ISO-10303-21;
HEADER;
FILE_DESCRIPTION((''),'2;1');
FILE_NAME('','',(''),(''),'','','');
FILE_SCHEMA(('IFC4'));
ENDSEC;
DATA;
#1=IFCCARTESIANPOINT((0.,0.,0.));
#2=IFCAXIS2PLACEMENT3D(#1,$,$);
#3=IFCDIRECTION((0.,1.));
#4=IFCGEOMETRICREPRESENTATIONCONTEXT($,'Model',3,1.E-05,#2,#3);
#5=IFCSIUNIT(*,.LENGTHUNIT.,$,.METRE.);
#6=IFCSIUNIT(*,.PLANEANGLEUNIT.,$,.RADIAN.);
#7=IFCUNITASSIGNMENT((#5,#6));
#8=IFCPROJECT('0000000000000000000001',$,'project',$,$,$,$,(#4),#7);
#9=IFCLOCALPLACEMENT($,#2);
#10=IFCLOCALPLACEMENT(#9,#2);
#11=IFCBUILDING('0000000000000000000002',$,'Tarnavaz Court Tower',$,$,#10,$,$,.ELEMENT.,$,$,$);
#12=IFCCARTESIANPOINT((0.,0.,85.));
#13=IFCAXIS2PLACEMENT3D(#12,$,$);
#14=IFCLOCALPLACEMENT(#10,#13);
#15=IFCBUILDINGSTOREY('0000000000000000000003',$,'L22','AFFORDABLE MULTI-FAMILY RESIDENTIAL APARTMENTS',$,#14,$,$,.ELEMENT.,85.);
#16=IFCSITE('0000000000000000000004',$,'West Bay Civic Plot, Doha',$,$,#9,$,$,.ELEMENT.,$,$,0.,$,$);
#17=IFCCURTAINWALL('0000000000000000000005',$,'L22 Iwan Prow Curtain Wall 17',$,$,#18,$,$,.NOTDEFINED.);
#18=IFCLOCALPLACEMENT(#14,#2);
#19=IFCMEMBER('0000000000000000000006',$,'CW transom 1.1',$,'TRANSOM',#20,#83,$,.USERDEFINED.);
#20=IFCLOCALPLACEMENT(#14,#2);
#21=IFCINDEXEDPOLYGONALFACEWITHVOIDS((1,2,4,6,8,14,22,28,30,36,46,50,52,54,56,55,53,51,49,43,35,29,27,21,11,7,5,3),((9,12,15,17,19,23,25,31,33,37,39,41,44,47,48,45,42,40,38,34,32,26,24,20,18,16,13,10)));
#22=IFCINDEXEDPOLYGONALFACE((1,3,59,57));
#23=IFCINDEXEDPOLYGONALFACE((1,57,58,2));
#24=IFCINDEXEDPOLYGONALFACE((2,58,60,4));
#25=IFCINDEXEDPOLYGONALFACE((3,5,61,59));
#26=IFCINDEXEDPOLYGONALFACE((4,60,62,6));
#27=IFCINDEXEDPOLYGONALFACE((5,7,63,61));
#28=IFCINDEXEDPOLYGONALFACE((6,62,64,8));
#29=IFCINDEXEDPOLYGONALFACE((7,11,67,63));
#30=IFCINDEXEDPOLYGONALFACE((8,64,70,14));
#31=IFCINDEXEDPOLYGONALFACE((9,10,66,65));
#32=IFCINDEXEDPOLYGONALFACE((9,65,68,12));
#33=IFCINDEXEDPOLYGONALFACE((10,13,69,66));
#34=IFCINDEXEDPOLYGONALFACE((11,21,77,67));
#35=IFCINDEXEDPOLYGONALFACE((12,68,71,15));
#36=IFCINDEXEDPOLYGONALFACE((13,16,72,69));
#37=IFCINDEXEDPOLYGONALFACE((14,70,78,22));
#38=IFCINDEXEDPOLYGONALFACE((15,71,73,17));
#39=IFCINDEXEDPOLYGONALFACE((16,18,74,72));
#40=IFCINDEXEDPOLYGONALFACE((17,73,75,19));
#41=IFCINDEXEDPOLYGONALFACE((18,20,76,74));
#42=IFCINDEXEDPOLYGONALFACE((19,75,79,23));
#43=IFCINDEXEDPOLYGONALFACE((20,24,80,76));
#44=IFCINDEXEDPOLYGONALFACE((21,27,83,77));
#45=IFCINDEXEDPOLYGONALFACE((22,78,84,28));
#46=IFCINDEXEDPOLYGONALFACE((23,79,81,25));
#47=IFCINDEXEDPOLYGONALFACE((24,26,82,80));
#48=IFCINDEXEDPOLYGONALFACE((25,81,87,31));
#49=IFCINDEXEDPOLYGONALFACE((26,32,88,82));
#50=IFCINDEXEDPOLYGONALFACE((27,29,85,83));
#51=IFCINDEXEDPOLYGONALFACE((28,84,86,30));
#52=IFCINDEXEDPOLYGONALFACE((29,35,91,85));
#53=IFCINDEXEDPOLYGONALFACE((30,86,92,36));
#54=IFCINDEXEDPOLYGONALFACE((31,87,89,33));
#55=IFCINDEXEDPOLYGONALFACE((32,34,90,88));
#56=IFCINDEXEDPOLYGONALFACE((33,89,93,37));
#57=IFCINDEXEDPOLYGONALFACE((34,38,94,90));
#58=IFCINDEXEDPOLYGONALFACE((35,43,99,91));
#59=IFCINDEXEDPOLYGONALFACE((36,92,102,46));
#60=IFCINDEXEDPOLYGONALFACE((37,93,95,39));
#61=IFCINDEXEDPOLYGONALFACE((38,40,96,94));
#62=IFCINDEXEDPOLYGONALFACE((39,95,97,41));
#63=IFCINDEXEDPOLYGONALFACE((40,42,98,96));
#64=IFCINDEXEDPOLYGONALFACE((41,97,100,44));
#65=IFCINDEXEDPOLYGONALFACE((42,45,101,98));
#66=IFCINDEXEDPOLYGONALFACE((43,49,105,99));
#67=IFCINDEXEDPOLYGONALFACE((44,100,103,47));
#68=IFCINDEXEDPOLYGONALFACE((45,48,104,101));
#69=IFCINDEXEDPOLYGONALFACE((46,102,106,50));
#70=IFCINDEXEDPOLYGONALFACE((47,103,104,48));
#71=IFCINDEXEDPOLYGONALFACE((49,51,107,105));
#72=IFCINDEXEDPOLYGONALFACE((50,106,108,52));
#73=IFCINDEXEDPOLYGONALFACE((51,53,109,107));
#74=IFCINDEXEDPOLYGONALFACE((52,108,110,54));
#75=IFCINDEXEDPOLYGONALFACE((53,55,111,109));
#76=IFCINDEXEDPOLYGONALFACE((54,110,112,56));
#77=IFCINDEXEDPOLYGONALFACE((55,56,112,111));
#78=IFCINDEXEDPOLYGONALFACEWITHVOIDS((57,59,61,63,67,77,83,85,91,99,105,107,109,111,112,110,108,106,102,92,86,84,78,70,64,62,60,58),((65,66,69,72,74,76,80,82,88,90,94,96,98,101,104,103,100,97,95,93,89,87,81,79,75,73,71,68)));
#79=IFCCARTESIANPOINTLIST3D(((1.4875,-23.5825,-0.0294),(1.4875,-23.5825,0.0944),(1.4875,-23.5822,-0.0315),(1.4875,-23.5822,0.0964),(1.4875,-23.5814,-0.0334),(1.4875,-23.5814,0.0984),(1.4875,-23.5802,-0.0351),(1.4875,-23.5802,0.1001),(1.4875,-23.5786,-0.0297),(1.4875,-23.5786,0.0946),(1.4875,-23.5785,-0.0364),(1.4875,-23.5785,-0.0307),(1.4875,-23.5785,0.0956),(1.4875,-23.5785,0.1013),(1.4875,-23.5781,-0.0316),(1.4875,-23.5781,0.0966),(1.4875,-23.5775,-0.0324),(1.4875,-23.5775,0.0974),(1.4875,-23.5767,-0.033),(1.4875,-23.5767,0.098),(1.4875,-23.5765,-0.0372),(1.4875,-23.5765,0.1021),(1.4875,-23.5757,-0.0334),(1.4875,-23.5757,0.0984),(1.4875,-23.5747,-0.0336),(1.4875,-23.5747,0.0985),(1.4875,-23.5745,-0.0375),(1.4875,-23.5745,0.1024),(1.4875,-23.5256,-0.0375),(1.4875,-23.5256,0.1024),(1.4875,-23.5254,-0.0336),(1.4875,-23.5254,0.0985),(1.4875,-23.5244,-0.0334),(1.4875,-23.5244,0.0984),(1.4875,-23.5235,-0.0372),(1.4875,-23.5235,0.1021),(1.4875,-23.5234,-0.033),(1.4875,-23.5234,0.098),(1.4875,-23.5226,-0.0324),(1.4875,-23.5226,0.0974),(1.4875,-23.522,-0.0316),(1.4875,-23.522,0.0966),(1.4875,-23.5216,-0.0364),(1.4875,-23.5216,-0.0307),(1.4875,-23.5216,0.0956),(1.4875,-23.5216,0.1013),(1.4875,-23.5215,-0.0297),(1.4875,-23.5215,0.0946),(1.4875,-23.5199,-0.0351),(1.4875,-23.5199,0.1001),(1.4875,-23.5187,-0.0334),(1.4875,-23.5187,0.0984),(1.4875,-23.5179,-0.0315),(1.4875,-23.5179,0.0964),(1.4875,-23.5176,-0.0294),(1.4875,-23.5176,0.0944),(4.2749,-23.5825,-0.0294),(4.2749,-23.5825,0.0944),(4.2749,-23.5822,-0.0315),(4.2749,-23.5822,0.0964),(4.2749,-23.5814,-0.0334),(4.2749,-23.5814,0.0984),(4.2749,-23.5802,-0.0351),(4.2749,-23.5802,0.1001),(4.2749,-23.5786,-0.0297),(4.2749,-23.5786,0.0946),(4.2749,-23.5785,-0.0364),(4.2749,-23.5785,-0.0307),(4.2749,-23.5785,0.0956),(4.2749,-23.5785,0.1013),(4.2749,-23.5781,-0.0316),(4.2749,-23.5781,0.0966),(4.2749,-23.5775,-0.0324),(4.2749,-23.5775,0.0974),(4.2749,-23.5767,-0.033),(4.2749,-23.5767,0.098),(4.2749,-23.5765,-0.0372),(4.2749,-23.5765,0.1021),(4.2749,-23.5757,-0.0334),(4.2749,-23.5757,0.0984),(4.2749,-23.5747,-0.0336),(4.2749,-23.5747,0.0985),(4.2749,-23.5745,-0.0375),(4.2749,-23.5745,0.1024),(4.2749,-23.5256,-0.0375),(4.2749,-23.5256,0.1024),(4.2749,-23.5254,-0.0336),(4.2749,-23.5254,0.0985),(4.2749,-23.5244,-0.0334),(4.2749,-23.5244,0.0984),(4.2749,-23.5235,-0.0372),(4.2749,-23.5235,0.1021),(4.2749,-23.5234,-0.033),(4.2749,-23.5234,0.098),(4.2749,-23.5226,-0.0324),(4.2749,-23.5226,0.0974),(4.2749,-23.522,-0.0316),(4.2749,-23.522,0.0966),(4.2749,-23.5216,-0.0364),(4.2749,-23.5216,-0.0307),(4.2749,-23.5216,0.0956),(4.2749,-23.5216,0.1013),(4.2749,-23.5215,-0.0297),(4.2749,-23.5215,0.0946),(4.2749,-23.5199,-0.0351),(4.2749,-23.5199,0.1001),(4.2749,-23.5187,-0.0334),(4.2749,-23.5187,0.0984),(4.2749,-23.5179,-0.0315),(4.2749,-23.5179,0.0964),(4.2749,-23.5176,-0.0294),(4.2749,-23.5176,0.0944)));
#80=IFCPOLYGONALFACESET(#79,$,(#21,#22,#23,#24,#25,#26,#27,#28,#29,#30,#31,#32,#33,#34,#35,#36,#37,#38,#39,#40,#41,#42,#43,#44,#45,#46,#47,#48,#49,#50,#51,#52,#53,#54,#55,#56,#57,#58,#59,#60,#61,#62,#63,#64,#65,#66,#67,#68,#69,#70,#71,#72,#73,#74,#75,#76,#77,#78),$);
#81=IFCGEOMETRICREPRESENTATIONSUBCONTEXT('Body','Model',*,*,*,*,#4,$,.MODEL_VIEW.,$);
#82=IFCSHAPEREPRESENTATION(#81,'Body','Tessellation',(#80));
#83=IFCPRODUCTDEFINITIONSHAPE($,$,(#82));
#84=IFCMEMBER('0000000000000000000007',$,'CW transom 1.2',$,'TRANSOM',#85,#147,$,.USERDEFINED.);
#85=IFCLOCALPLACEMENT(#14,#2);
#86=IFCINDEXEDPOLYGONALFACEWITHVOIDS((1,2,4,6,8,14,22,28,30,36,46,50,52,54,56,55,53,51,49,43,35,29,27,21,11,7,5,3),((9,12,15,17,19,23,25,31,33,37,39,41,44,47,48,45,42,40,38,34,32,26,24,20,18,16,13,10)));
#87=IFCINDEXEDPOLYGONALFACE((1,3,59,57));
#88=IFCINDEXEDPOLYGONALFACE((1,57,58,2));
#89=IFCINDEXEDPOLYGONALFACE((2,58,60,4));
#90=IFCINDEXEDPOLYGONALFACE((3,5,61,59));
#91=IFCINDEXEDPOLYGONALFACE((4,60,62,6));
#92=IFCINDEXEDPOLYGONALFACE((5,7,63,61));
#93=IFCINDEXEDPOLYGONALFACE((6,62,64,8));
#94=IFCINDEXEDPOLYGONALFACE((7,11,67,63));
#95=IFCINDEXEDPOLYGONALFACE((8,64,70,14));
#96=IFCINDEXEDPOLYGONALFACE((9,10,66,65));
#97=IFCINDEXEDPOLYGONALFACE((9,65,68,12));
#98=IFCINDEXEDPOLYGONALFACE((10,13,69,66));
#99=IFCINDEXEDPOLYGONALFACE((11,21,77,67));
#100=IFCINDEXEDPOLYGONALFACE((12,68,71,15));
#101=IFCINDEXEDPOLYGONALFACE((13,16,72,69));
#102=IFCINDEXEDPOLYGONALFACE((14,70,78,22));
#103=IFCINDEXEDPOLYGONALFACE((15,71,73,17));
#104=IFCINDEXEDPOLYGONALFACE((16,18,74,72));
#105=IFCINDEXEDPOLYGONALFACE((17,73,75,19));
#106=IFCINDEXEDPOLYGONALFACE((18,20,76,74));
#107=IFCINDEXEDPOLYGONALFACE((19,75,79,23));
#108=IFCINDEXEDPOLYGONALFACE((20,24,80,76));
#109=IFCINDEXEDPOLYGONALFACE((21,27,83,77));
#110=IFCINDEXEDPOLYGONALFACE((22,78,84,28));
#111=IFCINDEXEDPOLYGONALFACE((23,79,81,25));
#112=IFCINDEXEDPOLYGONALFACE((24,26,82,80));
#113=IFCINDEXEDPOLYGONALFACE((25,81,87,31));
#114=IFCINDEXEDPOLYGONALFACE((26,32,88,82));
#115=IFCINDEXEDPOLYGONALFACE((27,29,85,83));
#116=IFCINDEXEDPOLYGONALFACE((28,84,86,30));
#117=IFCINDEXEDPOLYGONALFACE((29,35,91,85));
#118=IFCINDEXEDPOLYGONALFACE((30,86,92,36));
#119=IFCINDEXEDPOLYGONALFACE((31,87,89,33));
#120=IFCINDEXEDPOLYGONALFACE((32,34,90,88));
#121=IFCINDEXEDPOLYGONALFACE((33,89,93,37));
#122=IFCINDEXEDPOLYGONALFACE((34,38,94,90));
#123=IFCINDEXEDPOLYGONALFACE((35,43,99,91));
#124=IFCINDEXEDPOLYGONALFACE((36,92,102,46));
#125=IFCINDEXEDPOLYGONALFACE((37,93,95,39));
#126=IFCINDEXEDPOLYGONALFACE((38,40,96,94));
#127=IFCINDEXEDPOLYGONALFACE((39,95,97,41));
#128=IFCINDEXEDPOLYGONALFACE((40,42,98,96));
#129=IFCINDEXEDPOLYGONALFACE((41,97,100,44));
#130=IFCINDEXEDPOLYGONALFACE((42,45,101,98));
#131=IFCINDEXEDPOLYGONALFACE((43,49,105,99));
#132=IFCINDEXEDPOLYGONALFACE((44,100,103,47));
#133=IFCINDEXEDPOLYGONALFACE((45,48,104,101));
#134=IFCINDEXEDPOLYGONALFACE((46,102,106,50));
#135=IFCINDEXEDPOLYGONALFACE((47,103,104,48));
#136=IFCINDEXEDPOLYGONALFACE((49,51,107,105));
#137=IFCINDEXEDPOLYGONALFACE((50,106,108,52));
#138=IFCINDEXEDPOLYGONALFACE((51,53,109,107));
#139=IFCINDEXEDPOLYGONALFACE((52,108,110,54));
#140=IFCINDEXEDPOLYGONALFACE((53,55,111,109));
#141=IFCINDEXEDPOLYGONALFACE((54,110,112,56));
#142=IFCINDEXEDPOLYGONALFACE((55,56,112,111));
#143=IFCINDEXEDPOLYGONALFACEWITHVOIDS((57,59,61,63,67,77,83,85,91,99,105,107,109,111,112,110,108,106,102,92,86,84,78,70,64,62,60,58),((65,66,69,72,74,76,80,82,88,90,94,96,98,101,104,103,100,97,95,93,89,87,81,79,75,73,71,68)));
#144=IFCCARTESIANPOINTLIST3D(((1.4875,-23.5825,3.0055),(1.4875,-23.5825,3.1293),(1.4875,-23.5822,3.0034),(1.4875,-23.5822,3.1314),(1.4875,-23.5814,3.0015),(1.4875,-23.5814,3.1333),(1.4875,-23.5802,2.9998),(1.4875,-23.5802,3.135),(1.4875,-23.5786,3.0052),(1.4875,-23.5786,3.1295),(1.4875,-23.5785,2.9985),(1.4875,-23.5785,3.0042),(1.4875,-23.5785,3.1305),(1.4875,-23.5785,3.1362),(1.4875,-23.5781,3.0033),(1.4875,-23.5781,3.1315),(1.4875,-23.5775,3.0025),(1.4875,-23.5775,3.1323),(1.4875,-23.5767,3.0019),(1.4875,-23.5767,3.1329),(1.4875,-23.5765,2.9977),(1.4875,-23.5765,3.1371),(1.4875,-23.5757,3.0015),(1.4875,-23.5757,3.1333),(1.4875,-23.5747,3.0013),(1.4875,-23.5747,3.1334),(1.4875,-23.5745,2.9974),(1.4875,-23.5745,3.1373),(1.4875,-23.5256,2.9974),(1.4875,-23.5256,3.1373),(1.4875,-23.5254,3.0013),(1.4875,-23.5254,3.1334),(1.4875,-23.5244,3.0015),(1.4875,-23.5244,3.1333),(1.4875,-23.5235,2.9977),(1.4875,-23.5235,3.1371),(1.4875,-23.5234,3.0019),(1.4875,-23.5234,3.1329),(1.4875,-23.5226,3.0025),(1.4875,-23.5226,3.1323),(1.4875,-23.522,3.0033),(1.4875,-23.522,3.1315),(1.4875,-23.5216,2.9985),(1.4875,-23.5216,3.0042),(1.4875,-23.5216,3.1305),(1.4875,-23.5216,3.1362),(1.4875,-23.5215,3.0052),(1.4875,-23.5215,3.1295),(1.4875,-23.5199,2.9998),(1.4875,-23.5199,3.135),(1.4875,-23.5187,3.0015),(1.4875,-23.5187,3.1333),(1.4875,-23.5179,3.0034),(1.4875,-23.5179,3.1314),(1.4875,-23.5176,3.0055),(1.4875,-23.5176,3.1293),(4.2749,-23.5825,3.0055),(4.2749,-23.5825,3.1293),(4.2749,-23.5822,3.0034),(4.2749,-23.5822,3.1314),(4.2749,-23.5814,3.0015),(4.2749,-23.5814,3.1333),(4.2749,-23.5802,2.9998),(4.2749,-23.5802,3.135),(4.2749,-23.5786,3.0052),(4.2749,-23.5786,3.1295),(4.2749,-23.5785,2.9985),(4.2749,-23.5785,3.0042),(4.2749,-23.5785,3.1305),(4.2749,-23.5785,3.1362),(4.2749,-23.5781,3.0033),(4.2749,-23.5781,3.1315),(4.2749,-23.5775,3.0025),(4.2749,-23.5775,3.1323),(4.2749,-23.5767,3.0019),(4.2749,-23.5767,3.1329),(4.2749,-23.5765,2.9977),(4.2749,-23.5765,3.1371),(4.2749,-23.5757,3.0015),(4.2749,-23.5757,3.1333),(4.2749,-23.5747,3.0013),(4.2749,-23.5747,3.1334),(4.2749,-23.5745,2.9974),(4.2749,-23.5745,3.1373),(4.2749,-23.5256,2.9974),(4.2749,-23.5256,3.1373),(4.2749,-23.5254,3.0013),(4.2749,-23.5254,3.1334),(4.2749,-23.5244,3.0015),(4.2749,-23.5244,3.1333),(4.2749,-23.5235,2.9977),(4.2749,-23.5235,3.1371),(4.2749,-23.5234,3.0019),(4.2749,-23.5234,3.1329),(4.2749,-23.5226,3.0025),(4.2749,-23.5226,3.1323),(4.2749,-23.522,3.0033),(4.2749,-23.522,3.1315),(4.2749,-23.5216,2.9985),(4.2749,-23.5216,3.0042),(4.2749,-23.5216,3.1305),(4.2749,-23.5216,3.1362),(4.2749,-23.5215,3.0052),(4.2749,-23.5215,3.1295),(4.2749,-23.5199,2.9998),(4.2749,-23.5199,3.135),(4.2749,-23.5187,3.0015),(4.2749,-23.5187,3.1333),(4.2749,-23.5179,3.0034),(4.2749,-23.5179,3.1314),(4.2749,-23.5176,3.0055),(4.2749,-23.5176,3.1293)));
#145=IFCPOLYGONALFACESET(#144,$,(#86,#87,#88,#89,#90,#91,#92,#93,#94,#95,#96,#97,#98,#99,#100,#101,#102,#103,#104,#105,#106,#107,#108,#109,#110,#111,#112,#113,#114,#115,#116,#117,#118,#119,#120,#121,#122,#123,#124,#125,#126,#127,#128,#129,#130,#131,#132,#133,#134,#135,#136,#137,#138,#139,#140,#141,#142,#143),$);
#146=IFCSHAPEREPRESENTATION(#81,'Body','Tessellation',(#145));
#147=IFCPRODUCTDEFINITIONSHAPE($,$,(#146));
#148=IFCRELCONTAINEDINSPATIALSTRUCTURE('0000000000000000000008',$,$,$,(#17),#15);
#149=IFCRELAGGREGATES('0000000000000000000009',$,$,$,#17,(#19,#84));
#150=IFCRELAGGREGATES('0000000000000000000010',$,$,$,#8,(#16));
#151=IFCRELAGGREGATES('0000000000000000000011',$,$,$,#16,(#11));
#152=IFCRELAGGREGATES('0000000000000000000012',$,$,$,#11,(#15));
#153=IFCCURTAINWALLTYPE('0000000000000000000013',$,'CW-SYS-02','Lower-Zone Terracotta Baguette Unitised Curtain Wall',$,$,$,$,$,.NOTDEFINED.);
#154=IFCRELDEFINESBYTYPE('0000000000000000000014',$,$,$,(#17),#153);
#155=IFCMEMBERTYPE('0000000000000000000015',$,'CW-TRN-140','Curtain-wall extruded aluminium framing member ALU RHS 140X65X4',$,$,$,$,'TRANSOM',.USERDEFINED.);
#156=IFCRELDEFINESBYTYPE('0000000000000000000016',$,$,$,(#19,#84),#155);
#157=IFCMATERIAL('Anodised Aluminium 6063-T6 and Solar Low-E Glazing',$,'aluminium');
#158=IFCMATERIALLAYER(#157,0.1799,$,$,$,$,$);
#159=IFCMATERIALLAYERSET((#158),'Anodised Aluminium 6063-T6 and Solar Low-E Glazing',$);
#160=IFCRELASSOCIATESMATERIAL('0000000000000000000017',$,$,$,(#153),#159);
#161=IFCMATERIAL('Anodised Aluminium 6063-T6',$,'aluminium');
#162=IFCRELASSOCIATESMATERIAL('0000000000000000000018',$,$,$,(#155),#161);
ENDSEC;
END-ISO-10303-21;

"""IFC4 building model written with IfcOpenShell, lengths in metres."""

from ifc_helpers import new_model, si_unit, direction, frame, origin, origin_2d, place, context, subcontext, project, spatial, hollow_rectangle, extrude, material, layer, layer_set, material_profile, profile_set, type_object, element, aggregate, save


model = new_model("IFC4")

# Units and contexts
model_context = context("Model", 3, precision=1e-05, world=origin(), true_north=direction((0.0, 1.0)))
body_context = subcontext(model_context, "Body", "Model", "MODEL_VIEW")
ifc_project = project(units=[si_unit("LENGTHUNIT", "METRE"), si_unit("PLANEANGLEUNIT", "RADIAN")], contexts=[model_context])

# Site, building, storey
site_placement = place(None, origin())
site = spatial("IfcSite", under=ifc_project, at=site_placement, Name="West Bay Civic Plot, Doha", CompositionType="ELEMENT", RefElevation=0.0)
building_placement = place(site_placement, origin())
building = spatial("IfcBuilding", under=site, at=building_placement, Name="Tarnavaz Court Tower", CompositionType="ELEMENT")
storey_placement = place(building_placement, frame((0.0, 0.0, 85.0)))
storey = spatial("IfcBuildingStorey", under=building, at=storey_placement, Name="L22", Description="AFFORDABLE MULTI-FAMILY RESIDENTIAL APARTMENTS", CompositionType="ELEMENT", Elevation=85.0)

# Curtain wall, members
ifc_material_1 = material(Name="Anodised Aluminium 6063-T6 and Solar Low-E Glazing", Category="aluminium")
ifc_layer_1 = layer(ifc_material_1, 0.1799)
ifc_layer_set_1 = layer_set([ifc_layer_1], Name="Anodised Aluminium 6063-T6 and Solar Low-E Glazing")
curtain_wall_type = type_object("IfcCurtainWallType", Name="CW-SYS-02", Description="Lower-Zone Terracotta Baguette Unitised Curtain Wall", PredefinedType="NOTDEFINED", material=ifc_layer_set_1)
curtain_wall_placement = place(storey_placement, origin())
curtain_wall = element("IfcCurtainWall", 1, at=curtain_wall_placement, inside=storey, type_object=curtain_wall_type, Name="L22 Iwan Prow Curtain Wall 17", PredefinedType="NOTDEFINED")
ifc_material_2 = material(Name="Anodised Aluminium 6063-T6", Category="aluminium")
ifc_material_profile_1 = material_profile(ifc_material_2, hollow_rectangle(XDim=0.0649, YDim=0.1399, WallThickness=0.0039, InnerFilletRadius=0.0039, OuterFilletRadius=0.0081, at=origin_2d()), Name="ALU RHS 140X65X4")
ifc_profile_set_1 = profile_set([ifc_material_profile_1], Name="Anodised Aluminium 6063-T6")
member_type_1 = type_object("IfcMemberType", Name="CW-TRN-140", Description="Curtain-wall extruded aluminium framing member ALU RHS 140X65X4", ElementType="TRANSOM", PredefinedType="USERDEFINED", material=ifc_profile_set_1)
member_1_placement = place(storey_placement, frame((4.2749, -23.55, 0.0325), z_axis=(-1.0, 0.0, 0.0), x_axis=(0.0, -1.0, 0.0)))
member_1 = element("IfcMember", 2, at=member_1_placement, type_object=member_type_1, Name="CW transom 1.1", ObjectType="TRANSOM", PredefinedType="USERDEFINED", context=body_context, shape_type="SweptSolid", body=[
    extrude(hollow_rectangle(XDim=0.0649, YDim=0.1399, WallThickness=0.0039, InnerFilletRadius=0.0039, OuterFilletRadius=0.0081, at=origin_2d()), origin(), (0.0, 0.0, 1.0), 2.7874),
])
member_2_placement = place(storey_placement, frame((4.2749, -23.55, 3.0674), z_axis=(-1.0, 0.0, 0.0), x_axis=(0.0, -1.0, 0.0)))
member_2 = element("IfcMember", 3, at=member_2_placement, type_object=member_type_1, Name="CW transom 1.2", ObjectType="TRANSOM", PredefinedType="USERDEFINED", context=body_context, shape_type="SweptSolid", body=[
    extrude(hollow_rectangle(XDim=0.0649, YDim=0.1399, WallThickness=0.0039, InnerFilletRadius=0.0039, OuterFilletRadius=0.0081, at=origin_2d()), origin(), (0.0, 0.0, 1.0), 2.7874),
])
aggregate(curtain_wall, [member_1, member_2])

save(model, "model.ifc")
